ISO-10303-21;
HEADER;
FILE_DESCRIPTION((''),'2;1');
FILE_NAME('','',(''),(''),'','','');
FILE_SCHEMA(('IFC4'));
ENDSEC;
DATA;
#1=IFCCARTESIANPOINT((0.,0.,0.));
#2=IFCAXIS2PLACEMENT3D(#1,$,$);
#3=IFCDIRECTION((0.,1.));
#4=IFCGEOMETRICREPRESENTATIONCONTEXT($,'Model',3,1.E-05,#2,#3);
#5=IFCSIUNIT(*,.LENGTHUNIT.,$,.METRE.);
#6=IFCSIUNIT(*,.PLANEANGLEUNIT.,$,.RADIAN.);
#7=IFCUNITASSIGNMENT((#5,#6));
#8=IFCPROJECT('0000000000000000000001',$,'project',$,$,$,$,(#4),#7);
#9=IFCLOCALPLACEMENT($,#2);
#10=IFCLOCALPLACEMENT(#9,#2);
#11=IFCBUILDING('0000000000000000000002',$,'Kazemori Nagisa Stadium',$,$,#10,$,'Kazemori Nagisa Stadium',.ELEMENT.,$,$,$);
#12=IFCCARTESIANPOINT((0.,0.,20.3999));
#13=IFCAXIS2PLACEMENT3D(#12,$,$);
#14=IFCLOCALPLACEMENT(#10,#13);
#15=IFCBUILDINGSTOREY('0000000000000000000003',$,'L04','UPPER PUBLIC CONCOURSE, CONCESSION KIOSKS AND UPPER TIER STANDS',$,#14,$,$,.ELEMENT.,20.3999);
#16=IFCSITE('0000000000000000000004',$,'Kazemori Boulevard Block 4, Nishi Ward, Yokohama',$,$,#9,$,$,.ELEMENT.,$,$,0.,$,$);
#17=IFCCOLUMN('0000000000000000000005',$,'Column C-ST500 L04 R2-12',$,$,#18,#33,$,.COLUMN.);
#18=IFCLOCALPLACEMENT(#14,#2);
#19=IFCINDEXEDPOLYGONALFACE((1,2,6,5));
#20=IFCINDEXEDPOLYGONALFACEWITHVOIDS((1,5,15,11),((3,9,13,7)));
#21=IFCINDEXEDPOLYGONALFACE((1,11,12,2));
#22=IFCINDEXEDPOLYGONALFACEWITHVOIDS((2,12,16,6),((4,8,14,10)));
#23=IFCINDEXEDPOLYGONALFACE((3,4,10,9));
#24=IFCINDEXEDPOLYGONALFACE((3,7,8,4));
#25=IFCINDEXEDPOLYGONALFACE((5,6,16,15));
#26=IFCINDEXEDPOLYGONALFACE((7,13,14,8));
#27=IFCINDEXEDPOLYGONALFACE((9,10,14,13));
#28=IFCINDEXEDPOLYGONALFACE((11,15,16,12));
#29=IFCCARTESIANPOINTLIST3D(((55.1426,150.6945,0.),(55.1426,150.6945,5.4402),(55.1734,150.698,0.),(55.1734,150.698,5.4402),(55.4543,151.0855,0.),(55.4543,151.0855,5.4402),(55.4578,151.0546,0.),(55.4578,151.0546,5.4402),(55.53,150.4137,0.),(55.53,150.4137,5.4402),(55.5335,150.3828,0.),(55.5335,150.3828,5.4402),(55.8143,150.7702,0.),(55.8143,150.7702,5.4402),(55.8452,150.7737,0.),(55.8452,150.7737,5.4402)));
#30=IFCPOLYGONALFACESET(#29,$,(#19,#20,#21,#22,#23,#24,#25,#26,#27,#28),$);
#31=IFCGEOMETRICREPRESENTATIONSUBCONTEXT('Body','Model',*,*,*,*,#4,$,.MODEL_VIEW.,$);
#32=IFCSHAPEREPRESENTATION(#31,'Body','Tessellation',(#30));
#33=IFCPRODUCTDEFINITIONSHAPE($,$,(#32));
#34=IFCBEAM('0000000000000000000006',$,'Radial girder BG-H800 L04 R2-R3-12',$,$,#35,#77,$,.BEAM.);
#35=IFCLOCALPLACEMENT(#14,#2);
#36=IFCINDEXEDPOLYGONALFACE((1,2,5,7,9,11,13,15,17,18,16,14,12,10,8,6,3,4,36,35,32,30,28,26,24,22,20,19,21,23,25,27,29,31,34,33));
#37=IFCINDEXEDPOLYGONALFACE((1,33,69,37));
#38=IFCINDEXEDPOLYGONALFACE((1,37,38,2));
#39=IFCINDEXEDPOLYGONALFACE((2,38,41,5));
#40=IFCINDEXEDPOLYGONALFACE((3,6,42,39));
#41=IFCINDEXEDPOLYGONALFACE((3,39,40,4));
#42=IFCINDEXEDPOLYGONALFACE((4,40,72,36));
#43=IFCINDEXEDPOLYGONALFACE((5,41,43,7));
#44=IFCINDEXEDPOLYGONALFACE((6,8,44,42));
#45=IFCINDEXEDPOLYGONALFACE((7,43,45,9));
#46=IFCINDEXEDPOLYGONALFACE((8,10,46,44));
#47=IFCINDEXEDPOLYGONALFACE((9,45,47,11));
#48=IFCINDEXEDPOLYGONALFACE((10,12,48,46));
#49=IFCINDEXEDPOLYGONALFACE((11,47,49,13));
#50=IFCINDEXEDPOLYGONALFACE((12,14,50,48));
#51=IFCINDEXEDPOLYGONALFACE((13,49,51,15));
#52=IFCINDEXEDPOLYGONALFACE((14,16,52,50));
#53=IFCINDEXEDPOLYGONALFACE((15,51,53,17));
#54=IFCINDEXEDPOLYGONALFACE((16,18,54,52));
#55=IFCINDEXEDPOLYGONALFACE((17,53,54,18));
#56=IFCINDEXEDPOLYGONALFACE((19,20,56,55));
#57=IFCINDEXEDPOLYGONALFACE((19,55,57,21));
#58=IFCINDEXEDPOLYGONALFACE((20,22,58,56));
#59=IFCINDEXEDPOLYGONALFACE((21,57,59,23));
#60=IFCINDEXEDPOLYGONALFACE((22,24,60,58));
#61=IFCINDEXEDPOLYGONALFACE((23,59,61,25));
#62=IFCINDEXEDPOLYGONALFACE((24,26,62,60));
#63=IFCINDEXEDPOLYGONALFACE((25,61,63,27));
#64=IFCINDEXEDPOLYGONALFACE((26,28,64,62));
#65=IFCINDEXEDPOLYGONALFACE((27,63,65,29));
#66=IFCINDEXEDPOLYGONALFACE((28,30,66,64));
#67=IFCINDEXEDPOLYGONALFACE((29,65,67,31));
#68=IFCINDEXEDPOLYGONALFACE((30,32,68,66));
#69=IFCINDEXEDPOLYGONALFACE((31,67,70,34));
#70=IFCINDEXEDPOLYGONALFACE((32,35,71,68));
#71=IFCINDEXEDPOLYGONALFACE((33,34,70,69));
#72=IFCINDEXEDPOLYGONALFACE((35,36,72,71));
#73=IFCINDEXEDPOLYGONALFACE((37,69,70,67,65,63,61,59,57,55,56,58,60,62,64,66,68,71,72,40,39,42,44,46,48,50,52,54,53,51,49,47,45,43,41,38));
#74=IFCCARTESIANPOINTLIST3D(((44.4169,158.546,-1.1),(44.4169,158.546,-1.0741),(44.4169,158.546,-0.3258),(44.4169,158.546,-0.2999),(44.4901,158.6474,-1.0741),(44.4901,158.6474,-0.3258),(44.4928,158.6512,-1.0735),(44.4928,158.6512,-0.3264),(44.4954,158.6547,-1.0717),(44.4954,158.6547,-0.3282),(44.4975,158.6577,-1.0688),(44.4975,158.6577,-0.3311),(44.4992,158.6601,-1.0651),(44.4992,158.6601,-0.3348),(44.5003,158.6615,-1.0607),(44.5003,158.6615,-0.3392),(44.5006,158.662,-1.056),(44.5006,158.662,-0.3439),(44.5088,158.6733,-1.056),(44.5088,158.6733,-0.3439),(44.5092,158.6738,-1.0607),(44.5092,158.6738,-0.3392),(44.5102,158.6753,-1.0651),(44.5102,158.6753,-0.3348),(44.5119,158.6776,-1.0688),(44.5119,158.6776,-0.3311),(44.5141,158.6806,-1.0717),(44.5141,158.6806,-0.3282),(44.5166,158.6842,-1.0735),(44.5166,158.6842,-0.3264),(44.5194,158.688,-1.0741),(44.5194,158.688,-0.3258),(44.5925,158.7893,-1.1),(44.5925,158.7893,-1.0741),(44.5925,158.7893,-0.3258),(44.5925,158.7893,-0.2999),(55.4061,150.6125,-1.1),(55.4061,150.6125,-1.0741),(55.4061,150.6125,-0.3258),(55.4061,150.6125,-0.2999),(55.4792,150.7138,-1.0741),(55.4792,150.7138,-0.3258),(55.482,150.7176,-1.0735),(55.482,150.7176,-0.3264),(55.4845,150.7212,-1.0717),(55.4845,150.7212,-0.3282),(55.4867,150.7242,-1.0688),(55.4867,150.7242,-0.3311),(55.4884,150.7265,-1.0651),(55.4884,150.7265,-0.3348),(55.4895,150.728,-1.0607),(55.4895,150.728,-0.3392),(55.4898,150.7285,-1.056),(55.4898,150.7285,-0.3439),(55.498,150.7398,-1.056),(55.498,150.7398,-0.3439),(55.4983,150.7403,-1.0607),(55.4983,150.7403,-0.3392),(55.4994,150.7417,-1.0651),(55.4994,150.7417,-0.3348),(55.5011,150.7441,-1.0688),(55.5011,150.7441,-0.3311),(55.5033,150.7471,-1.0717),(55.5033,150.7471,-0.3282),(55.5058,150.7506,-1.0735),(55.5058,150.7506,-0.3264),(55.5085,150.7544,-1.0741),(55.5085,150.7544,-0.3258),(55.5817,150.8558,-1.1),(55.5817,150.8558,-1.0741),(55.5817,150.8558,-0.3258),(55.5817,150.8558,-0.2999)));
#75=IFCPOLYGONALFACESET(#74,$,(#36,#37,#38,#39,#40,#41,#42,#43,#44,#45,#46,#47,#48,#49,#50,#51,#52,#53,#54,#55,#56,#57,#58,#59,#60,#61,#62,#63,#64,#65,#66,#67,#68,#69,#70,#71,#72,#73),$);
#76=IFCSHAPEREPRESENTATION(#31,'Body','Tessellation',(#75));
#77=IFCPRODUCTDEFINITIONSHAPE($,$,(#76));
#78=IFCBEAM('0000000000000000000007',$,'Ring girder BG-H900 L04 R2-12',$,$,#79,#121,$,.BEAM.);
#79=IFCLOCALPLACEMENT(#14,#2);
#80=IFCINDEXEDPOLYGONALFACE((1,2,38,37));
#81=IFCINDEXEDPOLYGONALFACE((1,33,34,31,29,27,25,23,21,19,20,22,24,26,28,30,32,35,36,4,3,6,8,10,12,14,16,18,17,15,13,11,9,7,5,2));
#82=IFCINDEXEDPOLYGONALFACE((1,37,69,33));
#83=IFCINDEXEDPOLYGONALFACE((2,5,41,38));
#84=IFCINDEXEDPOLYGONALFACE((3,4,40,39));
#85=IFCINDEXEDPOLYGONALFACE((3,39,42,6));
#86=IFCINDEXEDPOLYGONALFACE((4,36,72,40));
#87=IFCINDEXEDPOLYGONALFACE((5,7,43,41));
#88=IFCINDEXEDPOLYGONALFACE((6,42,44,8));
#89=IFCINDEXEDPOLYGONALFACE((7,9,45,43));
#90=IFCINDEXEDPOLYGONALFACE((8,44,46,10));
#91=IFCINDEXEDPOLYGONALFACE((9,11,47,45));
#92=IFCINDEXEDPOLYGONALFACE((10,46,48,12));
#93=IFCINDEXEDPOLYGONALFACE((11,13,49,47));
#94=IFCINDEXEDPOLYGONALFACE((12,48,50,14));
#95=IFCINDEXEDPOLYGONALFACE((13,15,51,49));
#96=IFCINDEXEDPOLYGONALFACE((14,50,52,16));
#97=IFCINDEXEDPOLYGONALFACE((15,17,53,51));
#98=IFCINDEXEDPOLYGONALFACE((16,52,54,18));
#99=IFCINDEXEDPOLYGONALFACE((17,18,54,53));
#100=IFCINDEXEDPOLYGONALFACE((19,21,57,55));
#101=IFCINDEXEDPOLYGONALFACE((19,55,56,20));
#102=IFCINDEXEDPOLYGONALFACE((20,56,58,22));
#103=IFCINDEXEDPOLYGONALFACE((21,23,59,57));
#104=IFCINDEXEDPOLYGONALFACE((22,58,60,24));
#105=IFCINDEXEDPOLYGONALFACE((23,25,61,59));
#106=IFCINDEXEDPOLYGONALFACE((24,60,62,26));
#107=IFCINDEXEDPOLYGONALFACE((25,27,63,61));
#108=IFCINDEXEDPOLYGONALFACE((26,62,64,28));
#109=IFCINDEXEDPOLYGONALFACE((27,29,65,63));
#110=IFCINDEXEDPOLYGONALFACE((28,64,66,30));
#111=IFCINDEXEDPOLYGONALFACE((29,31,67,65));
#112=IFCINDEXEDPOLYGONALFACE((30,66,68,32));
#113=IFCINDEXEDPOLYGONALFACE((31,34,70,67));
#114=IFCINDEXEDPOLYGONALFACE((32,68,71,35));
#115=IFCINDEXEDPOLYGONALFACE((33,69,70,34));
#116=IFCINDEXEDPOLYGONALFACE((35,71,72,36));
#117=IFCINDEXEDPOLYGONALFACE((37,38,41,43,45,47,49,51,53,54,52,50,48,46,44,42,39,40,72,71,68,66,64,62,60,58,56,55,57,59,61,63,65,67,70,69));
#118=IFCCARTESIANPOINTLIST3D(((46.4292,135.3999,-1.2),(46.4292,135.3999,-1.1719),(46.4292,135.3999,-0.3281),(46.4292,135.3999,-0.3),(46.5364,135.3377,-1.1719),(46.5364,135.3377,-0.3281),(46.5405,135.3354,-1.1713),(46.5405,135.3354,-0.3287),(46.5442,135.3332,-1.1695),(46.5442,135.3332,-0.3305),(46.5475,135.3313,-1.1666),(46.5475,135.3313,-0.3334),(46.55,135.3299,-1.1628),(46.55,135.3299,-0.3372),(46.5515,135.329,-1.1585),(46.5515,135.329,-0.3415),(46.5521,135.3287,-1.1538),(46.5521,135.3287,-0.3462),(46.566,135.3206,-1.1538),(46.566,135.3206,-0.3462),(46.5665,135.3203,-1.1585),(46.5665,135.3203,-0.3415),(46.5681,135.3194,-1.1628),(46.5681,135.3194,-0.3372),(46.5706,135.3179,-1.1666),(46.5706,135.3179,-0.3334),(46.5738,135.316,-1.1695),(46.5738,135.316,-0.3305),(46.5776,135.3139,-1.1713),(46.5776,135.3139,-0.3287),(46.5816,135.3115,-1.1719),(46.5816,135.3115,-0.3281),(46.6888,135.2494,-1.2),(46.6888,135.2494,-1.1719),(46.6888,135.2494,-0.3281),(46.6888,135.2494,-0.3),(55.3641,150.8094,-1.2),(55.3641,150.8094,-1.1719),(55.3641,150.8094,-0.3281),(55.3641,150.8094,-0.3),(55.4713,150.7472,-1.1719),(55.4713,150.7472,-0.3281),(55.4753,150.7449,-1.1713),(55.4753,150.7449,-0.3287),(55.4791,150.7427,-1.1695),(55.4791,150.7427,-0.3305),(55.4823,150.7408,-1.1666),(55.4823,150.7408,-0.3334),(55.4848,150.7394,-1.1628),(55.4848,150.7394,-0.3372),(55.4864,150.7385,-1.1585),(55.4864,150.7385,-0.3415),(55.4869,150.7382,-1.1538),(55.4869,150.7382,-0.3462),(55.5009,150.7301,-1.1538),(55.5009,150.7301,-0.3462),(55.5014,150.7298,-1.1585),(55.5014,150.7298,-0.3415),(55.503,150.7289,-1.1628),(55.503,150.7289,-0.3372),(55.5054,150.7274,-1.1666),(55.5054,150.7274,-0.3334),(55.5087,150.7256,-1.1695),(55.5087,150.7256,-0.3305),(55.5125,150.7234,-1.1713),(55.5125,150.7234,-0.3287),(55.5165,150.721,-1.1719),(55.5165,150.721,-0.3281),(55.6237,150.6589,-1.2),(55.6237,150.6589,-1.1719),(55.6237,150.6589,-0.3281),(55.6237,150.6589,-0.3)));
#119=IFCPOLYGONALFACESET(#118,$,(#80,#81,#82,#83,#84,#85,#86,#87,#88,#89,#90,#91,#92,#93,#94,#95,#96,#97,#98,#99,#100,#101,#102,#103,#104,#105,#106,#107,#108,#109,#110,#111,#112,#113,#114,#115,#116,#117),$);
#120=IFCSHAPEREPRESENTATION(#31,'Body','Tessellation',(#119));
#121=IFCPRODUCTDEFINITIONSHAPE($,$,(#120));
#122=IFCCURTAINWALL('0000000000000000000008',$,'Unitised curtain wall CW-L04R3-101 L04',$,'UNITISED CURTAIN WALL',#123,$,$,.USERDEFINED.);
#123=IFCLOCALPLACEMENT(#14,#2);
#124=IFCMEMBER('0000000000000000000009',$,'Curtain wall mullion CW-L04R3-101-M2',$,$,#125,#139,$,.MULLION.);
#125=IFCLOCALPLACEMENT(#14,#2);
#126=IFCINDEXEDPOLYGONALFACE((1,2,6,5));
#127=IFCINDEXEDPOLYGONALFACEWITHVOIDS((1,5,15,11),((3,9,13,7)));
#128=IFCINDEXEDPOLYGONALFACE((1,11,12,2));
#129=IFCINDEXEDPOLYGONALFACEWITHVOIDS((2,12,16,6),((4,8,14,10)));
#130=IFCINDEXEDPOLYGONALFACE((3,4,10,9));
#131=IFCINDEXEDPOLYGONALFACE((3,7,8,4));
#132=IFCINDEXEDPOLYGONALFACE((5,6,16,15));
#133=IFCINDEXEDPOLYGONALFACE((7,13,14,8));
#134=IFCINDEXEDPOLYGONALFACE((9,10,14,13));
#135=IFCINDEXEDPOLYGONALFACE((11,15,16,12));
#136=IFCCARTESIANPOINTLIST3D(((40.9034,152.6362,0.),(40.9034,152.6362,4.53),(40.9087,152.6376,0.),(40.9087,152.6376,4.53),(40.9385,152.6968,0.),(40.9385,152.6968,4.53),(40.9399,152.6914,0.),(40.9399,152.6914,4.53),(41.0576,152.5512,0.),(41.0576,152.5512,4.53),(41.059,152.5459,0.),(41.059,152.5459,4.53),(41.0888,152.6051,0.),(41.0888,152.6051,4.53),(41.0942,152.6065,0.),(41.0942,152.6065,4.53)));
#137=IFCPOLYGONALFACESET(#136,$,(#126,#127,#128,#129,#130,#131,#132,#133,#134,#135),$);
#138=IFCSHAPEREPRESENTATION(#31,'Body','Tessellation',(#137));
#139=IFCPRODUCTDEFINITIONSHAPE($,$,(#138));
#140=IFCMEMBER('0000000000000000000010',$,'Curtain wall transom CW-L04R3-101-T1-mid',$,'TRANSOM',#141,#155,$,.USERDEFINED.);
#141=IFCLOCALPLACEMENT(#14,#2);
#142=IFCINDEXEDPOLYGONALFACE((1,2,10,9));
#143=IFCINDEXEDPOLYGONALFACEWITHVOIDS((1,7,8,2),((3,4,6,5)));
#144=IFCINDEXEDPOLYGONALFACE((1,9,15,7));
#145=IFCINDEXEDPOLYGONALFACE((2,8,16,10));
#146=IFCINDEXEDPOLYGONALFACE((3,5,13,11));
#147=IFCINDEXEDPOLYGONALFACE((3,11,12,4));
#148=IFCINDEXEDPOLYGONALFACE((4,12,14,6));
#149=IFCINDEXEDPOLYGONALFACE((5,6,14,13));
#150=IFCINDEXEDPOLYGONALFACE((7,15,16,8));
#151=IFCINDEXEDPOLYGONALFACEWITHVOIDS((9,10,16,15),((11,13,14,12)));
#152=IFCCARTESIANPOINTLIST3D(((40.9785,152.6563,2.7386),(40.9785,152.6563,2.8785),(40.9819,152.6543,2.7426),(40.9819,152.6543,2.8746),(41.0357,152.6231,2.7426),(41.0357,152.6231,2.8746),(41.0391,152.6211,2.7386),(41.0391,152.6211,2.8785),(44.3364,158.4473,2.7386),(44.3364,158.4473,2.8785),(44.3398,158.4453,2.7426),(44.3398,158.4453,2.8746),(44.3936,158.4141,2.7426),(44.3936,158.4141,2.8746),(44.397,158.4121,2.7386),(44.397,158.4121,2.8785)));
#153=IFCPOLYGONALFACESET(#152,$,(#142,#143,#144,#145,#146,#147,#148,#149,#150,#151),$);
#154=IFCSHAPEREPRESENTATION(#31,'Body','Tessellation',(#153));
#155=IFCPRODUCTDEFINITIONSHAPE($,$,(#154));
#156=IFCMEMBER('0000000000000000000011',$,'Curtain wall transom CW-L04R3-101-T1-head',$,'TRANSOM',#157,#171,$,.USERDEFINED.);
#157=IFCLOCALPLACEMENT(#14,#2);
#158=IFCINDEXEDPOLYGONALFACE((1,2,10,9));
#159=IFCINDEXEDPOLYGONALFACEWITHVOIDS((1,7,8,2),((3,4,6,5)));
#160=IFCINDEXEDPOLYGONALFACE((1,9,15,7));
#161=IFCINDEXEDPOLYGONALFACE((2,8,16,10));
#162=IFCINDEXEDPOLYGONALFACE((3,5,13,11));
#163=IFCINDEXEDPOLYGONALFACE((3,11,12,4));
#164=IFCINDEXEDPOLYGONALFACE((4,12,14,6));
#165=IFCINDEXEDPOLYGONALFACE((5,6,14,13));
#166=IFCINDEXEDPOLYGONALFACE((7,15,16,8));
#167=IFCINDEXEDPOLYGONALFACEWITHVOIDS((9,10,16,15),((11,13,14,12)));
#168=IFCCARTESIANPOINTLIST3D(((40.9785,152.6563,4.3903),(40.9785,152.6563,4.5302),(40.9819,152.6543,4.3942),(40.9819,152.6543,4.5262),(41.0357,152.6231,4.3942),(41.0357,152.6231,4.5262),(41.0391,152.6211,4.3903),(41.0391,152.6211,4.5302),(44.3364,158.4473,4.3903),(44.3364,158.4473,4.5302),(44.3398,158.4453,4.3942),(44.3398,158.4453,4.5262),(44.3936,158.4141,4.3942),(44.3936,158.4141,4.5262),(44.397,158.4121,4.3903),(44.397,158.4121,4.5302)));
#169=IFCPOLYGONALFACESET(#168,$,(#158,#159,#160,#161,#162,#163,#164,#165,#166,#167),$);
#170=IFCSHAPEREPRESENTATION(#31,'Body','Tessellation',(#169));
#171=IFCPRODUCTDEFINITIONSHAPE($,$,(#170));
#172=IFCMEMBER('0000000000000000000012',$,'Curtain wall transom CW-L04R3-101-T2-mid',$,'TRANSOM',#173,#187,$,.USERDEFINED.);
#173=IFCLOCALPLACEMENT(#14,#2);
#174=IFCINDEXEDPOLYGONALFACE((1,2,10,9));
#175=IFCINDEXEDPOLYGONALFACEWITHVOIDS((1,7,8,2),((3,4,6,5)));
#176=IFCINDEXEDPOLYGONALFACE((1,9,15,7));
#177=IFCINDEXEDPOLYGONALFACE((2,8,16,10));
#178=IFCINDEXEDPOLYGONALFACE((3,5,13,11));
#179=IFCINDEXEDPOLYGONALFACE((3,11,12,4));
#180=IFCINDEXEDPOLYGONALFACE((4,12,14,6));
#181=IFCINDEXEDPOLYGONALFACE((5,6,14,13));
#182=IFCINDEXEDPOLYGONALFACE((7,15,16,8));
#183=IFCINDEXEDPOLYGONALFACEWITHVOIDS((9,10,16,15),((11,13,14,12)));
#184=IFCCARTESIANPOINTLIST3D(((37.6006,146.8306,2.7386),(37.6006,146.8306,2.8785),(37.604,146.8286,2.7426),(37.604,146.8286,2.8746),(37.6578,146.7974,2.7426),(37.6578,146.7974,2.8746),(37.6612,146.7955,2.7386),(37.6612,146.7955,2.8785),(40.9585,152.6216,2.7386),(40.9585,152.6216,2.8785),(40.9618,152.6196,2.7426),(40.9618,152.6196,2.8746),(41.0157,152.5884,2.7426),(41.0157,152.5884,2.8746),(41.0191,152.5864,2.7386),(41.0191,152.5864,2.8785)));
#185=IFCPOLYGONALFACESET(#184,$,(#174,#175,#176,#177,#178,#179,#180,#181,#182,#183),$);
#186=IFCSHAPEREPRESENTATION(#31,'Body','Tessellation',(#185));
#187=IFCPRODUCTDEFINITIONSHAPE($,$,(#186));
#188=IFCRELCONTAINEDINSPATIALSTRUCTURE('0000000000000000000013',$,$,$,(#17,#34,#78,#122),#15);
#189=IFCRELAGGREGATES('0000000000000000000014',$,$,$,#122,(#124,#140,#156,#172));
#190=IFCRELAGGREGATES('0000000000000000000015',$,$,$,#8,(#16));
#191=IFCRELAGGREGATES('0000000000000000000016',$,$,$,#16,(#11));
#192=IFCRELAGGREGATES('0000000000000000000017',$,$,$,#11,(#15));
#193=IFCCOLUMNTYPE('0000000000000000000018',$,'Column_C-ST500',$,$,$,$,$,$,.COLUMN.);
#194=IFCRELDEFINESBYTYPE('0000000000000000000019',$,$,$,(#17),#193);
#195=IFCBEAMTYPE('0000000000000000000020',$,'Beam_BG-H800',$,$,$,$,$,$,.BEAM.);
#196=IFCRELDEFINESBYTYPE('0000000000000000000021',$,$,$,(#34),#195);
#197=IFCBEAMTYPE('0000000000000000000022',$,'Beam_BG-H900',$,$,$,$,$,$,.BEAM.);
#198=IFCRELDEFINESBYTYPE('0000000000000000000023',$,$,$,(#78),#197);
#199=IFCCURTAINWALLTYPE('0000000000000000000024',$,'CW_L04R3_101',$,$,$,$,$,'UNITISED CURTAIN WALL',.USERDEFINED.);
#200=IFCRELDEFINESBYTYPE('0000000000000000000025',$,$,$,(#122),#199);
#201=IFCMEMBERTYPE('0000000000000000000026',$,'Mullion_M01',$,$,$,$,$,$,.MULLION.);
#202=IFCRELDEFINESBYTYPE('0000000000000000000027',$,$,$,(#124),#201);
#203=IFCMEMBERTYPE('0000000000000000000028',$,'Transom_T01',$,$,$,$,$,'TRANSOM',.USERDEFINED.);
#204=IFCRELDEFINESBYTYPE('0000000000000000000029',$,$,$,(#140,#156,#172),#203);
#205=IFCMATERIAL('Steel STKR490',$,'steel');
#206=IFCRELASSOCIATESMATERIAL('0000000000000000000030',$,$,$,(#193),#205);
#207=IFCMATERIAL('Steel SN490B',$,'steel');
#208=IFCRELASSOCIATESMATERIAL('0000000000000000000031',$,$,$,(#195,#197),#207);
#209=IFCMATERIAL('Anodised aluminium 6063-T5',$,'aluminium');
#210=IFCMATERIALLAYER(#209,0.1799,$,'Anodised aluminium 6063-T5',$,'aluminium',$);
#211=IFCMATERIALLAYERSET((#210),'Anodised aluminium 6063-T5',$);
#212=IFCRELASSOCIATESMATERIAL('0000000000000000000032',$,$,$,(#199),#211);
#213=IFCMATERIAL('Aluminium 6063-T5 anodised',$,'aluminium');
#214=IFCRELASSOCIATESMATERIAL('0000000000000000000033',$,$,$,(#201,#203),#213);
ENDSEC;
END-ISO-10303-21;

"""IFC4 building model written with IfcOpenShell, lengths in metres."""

from ifc_helpers import new_model, si_unit, direction, frame, origin, origin_2d, place, context, subcontext, project, spatial, hollow_rectangle, i_section, extrude, material, layer, layer_set, material_profile, profile_set, type_object, element, aggregate, save


model = new_model("IFC4")

# Units and contexts
model_context = context("Model", 3, precision=1e-05, world=origin(), true_north=direction((0.0, 1.0)))
body_context = subcontext(model_context, "Body", "Model", "MODEL_VIEW")
ifc_project = project(units=[si_unit("LENGTHUNIT", "METRE"), si_unit("PLANEANGLEUNIT", "RADIAN")], contexts=[model_context])

# Site, building, storey
site_placement = place(None, origin())
site = spatial("IfcSite", under=ifc_project, at=site_placement, Name="Kazemori Boulevard Block 4, Nishi Ward, Yokohama", CompositionType="ELEMENT", RefElevation=0.0)
building_placement = place(site_placement, origin())
building = spatial("IfcBuilding", under=site, at=building_placement, Name="Kazemori Nagisa Stadium", LongName="Kazemori Nagisa Stadium", CompositionType="ELEMENT")
storey_placement = place(building_placement, frame((0.0, 0.0, 20.3999)))
storey = spatial("IfcBuildingStorey", under=building, at=storey_placement, Name="L04", Description="UPPER PUBLIC CONCOURSE, CONCESSION KIOSKS AND UPPER TIER STANDS", CompositionType="ELEMENT", Elevation=20.3999)

# Column
ifc_material_1 = material(Name="Steel STKR490", Category="steel")
ifc_material_profile_1 = material_profile(ifc_material_1, hollow_rectangle(XDim=0.5, YDim=0.5, WallThickness=0.022, at=origin_2d()), Name="SHS-500x500x22")
ifc_profile_set_1 = profile_set([ifc_material_profile_1], Name="Steel STKR490")
column_type = type_object("IfcColumnType", Name="Column_C-ST500", PredefinedType="COLUMN", material=ifc_profile_set_1)
column_placement = place(storey_placement, frame((55.4939, 150.7341, 0.0), z_axis=(0.0, 0.0, 1.0), x_axis=(-0.781831, 0.62349, 0.0)))
element("IfcColumn", 1, at=column_placement, inside=storey, type_object=column_type, Name="Column C-ST500 L04 R2-12", PredefinedType="COLUMN", context=body_context, shape_type="SweptSolid", body=[
    extrude(hollow_rectangle(XDim=0.5, YDim=0.5, WallThickness=0.022, at=origin_2d()), origin(), (0.0, 0.0, 1.0), 5.4402),
])

# Beams
ifc_material_2 = material(Name="Steel SN490B", Category="steel")
ifc_material_profile_2 = material_profile(ifc_material_2, i_section(OverallWidth=0.3, OverallDepth=0.8, WebThickness=0.0139, FlangeThickness=0.0259, FilletRadius=0.0181, at=origin_2d()), Name="H-800x300x14x26")
ifc_profile_set_2 = profile_set([ifc_material_profile_2], Name="Steel SN490B")
beam_type_1 = type_object("IfcBeamType", Name="Beam_BG-H800", PredefinedType="BEAM", material=ifc_profile_set_2)
beam_1_placement = place(storey_placement, frame((55.4939, 150.7341, -0.7), z_axis=(-0.810788, 0.585341, 0.0), x_axis=(-0.585341, -0.810788, 0.0)))
element("IfcBeam", 2, at=beam_1_placement, inside=storey, type_object=beam_type_1, Name="Radial girder BG-H800 L04 R2-R3-12", PredefinedType="BEAM", context=body_context, shape_type="SweptSolid", body=[
    extrude(i_section(OverallWidth=0.3, OverallDepth=0.8, WebThickness=0.0139, FlangeThickness=0.0259, FilletRadius=0.0181, at=origin_2d()), origin(), (0.0, 0.0, 1.0), 13.5537),
])
ifc_material_profile_3 = material_profile(ifc_material_2, i_section(OverallWidth=0.3, OverallDepth=0.8999, WebThickness=0.0161, FlangeThickness=0.0281, FilletRadius=0.0181, at=origin_2d()), Name="H-900x300x16x28")
ifc_profile_set_3 = profile_set([ifc_material_profile_3], Name="Steel SN490B")
beam_type_2 = type_object("IfcBeamType", Name="Beam_BG-H900", PredefinedType="BEAM", material=ifc_profile_set_3)
beam_2_placement = place(storey_placement, frame((55.4939, 150.7341, -0.75), z_axis=(-0.501607, -0.865096, 0.0), x_axis=(0.865096, -0.501607, 0.0)))
element("IfcBeam", 3, at=beam_2_placement, inside=storey, type_object=beam_type_2, Name="Ring girder BG-H900 L04 R2-12", PredefinedType="BEAM", context=body_context, shape_type="SweptSolid", body=[
    extrude(i_section(OverallWidth=0.3, OverallDepth=0.8999, WebThickness=0.0161, FlangeThickness=0.0281, FilletRadius=0.0181, at=origin_2d()), origin(), (0.0, 0.0, 1.0), 17.8125),
])

# Curtain wall, members
ifc_material_3 = material(Name="Anodised aluminium 6063-T5", Category="aluminium")
ifc_layer_1 = layer(ifc_material_3, 0.1799, Name="Anodised aluminium 6063-T5", Category="aluminium")
ifc_layer_set_1 = layer_set([ifc_layer_1], Name="Anodised aluminium 6063-T5")
curtain_wall_type = type_object("IfcCurtainWallType", Name="CW_L04R3_101", ElementType="UNITISED CURTAIN WALL", PredefinedType="USERDEFINED", material=ifc_layer_set_1)
curtain_wall_placement = place(storey_placement, origin())
curtain_wall = element("IfcCurtainWall", 4, at=curtain_wall_placement, inside=storey, type_object=curtain_wall_type, Name="Unitised curtain wall CW-L04R3-101 L04", ObjectType="UNITISED CURTAIN WALL", PredefinedType="USERDEFINED")
ifc_material_4 = material(Name="Aluminium 6063-T5 anodised", Category="aluminium")
ifc_material_profile_4 = material_profile(ifc_material_4, hollow_rectangle(XDim=0.0701, YDim=0.1799, WallThickness=0.0039, at=origin_2d()), Name="ALU-MULL-70x180x4")
ifc_profile_set_4 = profile_set([ifc_material_profile_4], Name="Aluminium 6063-T5 anodised")
member_type_1 = type_object("IfcMemberType", Name="Mullion_M01", PredefinedType="MULLION", material=ifc_profile_set_4)
member_1_placement = place(storey_placement, frame((40.9988, 152.6213, 0.0), z_axis=(0.0, 0.0, 1.0), x_axis=(-0.501612, -0.865093, 0.0)))
member_1 = element("IfcMember", 5, at=member_1_placement, type_object=member_type_1, Name="Curtain wall mullion CW-L04R3-101-M2", PredefinedType="MULLION", context=body_context, shape_type="SweptSolid", body=[
    extrude(hollow_rectangle(XDim=0.0701, YDim=0.1799, WallThickness=0.0039, at=origin_2d()), origin(), (0.0, 0.0, 1.0), 4.53),
])
ifc_material_profile_5 = material_profile(ifc_material_4, hollow_rectangle(XDim=0.0701, YDim=0.1399, WallThickness=0.0039, at=origin_2d()), Name="ALU-TRAN-70x140x4")
ifc_profile_set_5 = profile_set([ifc_material_profile_5], Name="Aluminium 6063-T5 anodised")
member_type_2 = type_object("IfcMemberType", Name="Transom_T01", ElementType="TRANSOM", PredefinedType="USERDEFINED", material=ifc_profile_set_5)
member_2_placement = place(storey_placement, frame((44.3667, 158.4297, 2.8086), z_axis=(-0.50162, -0.865088, 0.0), x_axis=(0.865088, -0.50162, 0.0)))
member_2 = element("IfcMember", 6, at=member_2_placement, type_object=member_type_2, Name="Curtain wall transom CW-L04R3-101-T1-mid", ObjectType="TRANSOM", PredefinedType="USERDEFINED", context=body_context, shape_type="SweptSolid", body=[
    extrude(hollow_rectangle(XDim=0.0701, YDim=0.1399, WallThickness=0.0039, at=origin_2d()), origin(), (0.0, 0.0, 1.0), 6.6941),
])
member_3_placement = place(storey_placement, frame((44.3667, 158.4297, 4.4602), z_axis=(-0.50162, -0.865088, 0.0), x_axis=(0.865088, -0.50162, 0.0)))
member_3 = element("IfcMember", 7, at=member_3_placement, type_object=member_type_2, Name="Curtain wall transom CW-L04R3-101-T1-head", ObjectType="TRANSOM", PredefinedType="USERDEFINED", context=body_context, shape_type="SweptSolid", body=[
    extrude(hollow_rectangle(XDim=0.0701, YDim=0.1399, WallThickness=0.0039, at=origin_2d()), origin(), (0.0, 0.0, 1.0), 6.6941),
])
member_4_placement = place(storey_placement, frame((40.9888, 152.604, 2.8086), z_axis=(-0.50162, -0.865088, 0.0), x_axis=(0.865088, -0.50162, 0.0)))
member_4 = element("IfcMember", 8, at=member_4_placement, type_object=member_type_2, Name="Curtain wall transom CW-L04R3-101-T2-mid", ObjectType="TRANSOM", PredefinedType="USERDEFINED", context=body_context, shape_type="SweptSolid", body=[
    extrude(hollow_rectangle(XDim=0.0701, YDim=0.1399, WallThickness=0.0039, at=origin_2d()), origin(), (0.0, 0.0, 1.0), 6.6941),
])
aggregate(curtain_wall, [member_1, member_2, member_3, member_4])

save(model, "model.ifc")
